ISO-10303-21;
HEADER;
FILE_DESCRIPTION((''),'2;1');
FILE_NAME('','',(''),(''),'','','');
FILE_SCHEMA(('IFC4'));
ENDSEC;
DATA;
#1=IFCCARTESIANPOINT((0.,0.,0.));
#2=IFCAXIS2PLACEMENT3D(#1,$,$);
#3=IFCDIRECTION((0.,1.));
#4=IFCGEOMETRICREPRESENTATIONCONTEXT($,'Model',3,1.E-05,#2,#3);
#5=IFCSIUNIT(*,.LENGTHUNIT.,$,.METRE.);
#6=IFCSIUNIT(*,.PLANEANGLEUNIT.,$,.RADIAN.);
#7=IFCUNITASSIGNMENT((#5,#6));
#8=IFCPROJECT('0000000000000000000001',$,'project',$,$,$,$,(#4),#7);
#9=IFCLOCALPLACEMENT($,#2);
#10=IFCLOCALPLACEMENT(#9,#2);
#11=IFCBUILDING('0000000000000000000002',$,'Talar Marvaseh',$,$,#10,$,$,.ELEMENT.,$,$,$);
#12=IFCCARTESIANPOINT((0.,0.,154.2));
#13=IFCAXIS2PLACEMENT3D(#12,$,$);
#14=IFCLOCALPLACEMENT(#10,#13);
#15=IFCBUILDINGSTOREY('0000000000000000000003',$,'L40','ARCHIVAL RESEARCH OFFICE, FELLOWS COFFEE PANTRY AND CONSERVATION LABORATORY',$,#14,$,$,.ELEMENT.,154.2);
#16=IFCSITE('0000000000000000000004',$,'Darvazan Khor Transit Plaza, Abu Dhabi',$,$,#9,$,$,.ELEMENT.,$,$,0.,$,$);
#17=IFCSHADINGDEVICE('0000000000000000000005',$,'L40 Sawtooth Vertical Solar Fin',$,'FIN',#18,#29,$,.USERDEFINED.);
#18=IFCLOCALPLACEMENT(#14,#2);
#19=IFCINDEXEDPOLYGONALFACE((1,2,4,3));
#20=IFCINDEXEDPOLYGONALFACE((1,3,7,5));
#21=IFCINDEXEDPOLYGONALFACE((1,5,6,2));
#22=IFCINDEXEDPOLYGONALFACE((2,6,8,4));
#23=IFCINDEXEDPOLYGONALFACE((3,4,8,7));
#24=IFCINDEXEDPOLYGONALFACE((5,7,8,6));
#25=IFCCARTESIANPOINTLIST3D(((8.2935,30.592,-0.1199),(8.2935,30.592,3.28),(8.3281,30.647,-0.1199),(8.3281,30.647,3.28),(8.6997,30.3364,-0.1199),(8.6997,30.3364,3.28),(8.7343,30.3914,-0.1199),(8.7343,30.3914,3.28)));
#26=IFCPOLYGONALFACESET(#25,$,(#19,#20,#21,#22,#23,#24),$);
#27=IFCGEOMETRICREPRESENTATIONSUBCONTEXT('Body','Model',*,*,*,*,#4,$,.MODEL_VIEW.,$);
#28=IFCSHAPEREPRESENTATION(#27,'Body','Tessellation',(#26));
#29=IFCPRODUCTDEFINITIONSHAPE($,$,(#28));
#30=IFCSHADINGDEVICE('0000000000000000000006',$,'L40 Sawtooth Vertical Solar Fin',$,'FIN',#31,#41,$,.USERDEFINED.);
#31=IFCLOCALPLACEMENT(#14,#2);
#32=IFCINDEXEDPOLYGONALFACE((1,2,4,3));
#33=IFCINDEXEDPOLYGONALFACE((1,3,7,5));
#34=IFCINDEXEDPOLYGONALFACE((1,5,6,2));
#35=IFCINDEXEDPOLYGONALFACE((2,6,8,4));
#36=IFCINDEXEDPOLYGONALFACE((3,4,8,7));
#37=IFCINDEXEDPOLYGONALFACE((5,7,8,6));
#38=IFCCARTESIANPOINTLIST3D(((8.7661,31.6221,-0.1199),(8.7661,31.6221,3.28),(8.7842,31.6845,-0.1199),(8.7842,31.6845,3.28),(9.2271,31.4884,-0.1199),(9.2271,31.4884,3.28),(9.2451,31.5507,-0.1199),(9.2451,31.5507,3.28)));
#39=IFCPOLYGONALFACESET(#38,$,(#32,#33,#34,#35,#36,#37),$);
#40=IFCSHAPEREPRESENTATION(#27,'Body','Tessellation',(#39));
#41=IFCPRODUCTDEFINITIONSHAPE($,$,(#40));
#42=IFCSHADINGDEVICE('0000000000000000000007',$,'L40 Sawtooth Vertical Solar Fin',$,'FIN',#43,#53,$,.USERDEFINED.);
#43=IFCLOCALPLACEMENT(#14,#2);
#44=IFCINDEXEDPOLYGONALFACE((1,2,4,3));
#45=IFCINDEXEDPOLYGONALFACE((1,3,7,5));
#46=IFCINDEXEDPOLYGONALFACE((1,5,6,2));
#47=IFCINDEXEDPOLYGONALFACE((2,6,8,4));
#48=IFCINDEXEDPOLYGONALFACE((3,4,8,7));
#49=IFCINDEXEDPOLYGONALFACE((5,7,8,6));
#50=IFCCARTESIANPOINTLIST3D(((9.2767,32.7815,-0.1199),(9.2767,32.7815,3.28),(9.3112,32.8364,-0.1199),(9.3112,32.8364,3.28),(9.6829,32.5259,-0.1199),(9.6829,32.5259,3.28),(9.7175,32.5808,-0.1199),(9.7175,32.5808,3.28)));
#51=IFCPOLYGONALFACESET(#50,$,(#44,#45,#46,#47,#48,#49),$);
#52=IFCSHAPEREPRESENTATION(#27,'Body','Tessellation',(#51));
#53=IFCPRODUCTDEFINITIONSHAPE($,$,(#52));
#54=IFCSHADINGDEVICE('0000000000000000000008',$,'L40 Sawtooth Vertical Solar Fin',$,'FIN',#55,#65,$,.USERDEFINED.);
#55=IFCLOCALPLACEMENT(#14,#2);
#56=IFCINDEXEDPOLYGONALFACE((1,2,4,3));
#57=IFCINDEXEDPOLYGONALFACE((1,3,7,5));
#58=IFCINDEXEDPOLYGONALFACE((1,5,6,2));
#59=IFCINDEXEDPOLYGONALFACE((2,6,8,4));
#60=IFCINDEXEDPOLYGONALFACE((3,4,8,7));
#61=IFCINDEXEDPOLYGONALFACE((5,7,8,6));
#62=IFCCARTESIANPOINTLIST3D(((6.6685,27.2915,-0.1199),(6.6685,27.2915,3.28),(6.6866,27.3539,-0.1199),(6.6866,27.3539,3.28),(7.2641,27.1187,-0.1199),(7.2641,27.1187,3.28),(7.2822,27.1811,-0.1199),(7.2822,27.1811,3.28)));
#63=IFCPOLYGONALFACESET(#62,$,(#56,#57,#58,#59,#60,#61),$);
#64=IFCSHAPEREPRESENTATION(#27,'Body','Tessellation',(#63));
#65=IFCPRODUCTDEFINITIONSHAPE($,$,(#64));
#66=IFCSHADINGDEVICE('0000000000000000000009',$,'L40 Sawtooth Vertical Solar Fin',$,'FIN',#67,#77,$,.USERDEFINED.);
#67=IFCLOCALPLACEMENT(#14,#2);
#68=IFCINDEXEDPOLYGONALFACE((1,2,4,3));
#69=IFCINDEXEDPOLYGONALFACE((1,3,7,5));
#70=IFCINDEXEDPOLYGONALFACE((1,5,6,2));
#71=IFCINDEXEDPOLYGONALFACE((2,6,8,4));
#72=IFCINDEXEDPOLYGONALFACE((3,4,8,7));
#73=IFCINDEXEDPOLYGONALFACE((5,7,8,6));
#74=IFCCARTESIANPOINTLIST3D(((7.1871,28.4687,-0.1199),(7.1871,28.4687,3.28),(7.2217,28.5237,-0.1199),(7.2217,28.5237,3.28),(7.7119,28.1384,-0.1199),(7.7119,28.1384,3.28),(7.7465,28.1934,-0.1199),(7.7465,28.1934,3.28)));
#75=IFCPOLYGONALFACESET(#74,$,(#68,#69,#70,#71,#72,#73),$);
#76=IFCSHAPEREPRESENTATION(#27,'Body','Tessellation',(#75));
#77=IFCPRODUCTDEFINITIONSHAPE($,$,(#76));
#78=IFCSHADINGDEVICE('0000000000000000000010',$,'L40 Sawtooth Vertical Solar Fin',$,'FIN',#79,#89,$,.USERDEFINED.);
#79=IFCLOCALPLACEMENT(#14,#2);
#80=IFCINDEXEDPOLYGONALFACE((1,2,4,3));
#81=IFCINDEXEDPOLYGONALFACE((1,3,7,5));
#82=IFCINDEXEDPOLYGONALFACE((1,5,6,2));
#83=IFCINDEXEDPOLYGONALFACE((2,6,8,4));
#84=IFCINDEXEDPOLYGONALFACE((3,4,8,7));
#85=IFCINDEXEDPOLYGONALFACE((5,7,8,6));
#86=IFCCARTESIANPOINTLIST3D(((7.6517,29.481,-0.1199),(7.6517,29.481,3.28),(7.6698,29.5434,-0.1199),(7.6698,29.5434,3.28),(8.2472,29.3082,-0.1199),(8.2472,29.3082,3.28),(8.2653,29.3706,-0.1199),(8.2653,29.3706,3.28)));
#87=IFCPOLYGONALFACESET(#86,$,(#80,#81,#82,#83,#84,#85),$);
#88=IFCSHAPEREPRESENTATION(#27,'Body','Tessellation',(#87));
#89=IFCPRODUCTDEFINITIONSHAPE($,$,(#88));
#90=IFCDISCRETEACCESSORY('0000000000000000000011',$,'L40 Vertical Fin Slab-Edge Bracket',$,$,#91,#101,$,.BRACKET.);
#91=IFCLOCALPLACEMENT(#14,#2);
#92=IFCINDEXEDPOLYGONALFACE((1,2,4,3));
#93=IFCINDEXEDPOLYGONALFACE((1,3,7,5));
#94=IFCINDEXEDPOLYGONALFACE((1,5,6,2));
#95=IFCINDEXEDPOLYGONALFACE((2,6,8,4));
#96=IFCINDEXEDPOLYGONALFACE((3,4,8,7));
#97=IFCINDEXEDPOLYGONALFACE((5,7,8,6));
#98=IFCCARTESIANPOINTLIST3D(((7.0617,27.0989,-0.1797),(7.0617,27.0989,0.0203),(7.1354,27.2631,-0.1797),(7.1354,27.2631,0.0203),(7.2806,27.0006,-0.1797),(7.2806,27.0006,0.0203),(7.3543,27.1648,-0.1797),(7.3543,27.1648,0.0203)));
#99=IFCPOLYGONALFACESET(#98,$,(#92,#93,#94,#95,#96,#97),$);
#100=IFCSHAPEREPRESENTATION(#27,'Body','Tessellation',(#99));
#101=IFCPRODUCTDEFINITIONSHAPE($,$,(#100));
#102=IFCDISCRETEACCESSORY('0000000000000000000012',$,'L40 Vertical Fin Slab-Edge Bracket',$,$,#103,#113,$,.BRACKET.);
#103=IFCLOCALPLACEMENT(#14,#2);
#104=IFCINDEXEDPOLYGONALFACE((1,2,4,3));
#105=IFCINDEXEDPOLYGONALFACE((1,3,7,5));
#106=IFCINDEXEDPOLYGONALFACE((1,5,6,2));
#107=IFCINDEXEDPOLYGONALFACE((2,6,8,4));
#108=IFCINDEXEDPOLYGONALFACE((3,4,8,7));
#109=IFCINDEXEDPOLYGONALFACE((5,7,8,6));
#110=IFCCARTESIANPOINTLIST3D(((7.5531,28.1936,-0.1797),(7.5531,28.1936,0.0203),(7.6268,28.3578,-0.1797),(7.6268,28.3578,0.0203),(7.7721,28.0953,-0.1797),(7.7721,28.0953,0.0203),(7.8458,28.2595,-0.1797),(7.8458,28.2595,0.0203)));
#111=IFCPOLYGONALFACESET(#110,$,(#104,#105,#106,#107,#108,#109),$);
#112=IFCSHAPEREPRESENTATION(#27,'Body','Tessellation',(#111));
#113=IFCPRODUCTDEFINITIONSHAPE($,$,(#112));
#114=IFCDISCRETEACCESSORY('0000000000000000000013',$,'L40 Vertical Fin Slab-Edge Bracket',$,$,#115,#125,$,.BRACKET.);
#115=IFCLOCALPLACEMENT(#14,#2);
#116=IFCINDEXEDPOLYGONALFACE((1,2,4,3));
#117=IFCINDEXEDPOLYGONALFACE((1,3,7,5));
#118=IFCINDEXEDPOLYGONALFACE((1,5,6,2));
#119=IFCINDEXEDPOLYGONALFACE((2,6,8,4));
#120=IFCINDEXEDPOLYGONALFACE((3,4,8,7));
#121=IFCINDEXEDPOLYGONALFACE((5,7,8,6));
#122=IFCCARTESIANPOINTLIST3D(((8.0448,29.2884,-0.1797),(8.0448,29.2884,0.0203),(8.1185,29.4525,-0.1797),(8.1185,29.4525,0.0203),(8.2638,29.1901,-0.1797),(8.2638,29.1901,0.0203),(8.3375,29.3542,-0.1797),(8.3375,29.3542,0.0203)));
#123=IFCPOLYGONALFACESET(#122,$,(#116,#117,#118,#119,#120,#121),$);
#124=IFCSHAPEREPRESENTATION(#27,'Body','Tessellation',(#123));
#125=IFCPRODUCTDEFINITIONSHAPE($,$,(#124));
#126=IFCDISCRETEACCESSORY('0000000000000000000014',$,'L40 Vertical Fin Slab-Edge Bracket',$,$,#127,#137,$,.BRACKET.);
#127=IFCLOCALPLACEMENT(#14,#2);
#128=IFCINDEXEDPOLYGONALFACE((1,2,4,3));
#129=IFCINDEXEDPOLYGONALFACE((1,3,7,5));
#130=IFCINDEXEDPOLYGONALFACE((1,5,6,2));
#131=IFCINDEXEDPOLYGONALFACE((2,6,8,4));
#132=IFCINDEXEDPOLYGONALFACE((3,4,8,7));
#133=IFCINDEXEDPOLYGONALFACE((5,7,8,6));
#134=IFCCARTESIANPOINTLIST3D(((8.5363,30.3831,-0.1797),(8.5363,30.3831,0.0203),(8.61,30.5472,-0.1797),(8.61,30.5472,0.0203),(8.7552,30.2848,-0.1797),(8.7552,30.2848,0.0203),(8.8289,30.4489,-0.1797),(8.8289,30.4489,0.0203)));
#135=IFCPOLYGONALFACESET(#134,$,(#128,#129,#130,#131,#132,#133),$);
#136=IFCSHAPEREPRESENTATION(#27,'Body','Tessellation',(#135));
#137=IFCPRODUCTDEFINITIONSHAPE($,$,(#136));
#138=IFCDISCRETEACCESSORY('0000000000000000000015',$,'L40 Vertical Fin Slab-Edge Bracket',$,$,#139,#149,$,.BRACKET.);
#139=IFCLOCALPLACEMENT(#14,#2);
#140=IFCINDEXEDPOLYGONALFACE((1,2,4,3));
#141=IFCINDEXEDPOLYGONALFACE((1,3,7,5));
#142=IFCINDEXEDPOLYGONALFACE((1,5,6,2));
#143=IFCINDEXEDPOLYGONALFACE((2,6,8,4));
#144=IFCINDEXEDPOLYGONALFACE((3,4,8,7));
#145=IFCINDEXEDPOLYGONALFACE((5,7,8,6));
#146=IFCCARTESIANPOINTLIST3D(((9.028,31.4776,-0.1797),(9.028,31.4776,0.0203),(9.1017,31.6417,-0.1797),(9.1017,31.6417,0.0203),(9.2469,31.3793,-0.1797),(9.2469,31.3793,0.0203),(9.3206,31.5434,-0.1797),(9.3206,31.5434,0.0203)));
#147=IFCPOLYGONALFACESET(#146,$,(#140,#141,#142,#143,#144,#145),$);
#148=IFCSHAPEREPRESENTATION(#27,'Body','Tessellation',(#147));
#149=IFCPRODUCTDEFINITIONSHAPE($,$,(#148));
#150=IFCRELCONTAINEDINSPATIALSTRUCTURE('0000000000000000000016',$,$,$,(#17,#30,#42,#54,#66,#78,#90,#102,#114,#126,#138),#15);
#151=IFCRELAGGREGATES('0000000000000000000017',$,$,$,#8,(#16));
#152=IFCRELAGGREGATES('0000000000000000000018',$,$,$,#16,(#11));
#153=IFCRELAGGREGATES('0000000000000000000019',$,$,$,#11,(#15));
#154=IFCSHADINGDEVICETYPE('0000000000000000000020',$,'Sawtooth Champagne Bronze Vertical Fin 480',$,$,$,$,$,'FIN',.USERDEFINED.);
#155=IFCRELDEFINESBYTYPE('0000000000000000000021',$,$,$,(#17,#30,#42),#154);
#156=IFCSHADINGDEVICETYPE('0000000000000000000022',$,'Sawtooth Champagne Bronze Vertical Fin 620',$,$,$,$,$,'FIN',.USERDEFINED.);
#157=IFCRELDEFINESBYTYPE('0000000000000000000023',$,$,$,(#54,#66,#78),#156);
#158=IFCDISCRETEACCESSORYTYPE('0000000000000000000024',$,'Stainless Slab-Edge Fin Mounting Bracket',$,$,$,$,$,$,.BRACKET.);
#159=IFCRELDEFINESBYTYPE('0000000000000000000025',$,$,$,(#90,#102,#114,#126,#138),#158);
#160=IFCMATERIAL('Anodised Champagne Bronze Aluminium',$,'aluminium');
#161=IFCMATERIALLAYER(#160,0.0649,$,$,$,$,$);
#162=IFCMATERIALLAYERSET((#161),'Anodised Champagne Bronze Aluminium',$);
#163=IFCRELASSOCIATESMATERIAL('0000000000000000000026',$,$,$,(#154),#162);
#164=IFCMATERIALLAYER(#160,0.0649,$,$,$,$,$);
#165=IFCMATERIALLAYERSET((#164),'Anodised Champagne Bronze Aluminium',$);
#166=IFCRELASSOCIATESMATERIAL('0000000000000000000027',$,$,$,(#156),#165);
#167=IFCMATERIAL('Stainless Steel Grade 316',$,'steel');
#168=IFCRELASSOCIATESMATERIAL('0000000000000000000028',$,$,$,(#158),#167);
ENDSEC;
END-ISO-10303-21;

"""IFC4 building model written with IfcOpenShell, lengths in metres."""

from ifc_helpers import new_model, si_unit, direction, frame, origin, origin_2d, place, context, subcontext, project, spatial, rectangle, extrude, source, transform, mapped, material, layer, layer_set, type_object, type_shapes, element, save


model = new_model("IFC4")

# Units and contexts
model_context = context("Model", 3, precision=1e-05, world=origin(), true_north=direction((0.0, 1.0)))
body_context = subcontext(model_context, "Body", "Model", "MODEL_VIEW")
ifc_project = project(units=[si_unit("LENGTHUNIT", "METRE"), si_unit("PLANEANGLEUNIT", "RADIAN")], contexts=[model_context])

# Site, building, storey
site_placement = place(None, origin())
site = spatial("IfcSite", under=ifc_project, at=site_placement, Name="Darvazan Khor Transit Plaza, Abu Dhabi", CompositionType="ELEMENT", RefElevation=0.0)
building_placement = place(site_placement, origin())
building = spatial("IfcBuilding", under=site, at=building_placement, Name="Talar Marvaseh", CompositionType="ELEMENT")
storey_placement = place(building_placement, frame((0.0, 0.0, 154.2)))
storey = spatial("IfcBuildingStorey", under=building, at=storey_placement, Name="L40", Description="ARCHIVAL RESEARCH OFFICE, FELLOWS COFFEE PANTRY AND CONSERVATION LABORATORY", CompositionType="ELEMENT", Elevation=154.2)

# Shading devices
ifc_material_1 = material(Name="Anodised Champagne Bronze Aluminium", Category="aluminium")
ifc_layer_1 = layer(ifc_material_1, 0.0649)
ifc_layer_set_1 = layer_set([ifc_layer_1], Name="Anodised Champagne Bronze Aluminium")
shading_device_type_1 = type_object("IfcShadingDeviceType", Name="Sawtooth Champagne Bronze Vertical Fin 480", ElementType="FIN", PredefinedType="USERDEFINED", material=ifc_layer_set_1)
shared_shape_1 = source(origin(), body_context, "Body", "SweptSolid", [
    extrude(rectangle(XDim=0.48, YDim=0.0649, at=origin_2d()), origin(), (0.0, 0.0, 1.0), 3.3999),
])
type_shapes(shading_device_type_1, [shared_shape_1])
for number, where, z_axis, x_axis, name in (
    (1, (8.5139, 30.4917, -0.1199), (0.0, 0.0, 1.0), (-0.846379, 0.532581, 0.0), "L40 Sawtooth Vertical Solar Fin"),
    (2, (9.0056, 31.5864, -0.1199), (0.0, 0.0, 1.0), (-0.960391, 0.278656, 0.0), "L40 Sawtooth Vertical Solar Fin"),
    (3, (9.4971, 32.6812, -0.1199), (0.0, 0.0, 1.0), (-0.846379, 0.532581, 0.0), "L40 Sawtooth Vertical Solar Fin"),
):
    element("IfcShadingDevice", number, at=place(storey_placement, frame(where, z_axis=z_axis, x_axis=x_axis)), inside=storey, type_object=shading_device_type_1, Name=name, ObjectType="FIN", PredefinedType="USERDEFINED", context=body_context, shape_type="MappedRepresentation", body=[
        mapped(shared_shape_1, transform((0.0, 0.0, 0.0), x_axis=(1.0, 0.0, 0.0), y_axis=(0.0, 1.0, 0.0), z_axis=(0.0, 0.0, 1.0), scale=1.0)),
    ])
ifc_layer_2 = layer(ifc_material_1, 0.0649)
ifc_layer_set_2 = layer_set([ifc_layer_2], Name="Anodised Champagne Bronze Aluminium")
shading_device_type_2 = type_object("IfcShadingDeviceType", Name="Sawtooth Champagne Bronze Vertical Fin 620", ElementType="FIN", PredefinedType="USERDEFINED", material=ifc_layer_set_2)
shared_shape_2 = source(origin(), body_context, "Body", "SweptSolid", [
    extrude(rectangle(XDim=0.6201, YDim=0.0649, at=origin_2d()), origin(), (0.0, 0.0, 1.0), 3.3999),
])
type_shapes(shading_device_type_2, [shared_shape_2])
for number, where, z_axis, x_axis, name in (
    (4, (6.9753, 27.2363, -0.1199), (0.0, 0.0, 1.0), (-0.960391, 0.278656, 0.0), "L40 Sawtooth Vertical Solar Fin"),
    (5, (7.4668, 28.3311, -0.1199), (0.0, 0.0, 1.0), (-0.846379, 0.532581, 0.0), "L40 Sawtooth Vertical Solar Fin"),
    (6, (7.9585, 29.4258, -0.1199), (0.0, 0.0, 1.0), (-0.960391, 0.278656, 0.0), "L40 Sawtooth Vertical Solar Fin"),
):
    element("IfcShadingDevice", number, at=place(storey_placement, frame(where, z_axis=z_axis, x_axis=x_axis)), inside=storey, type_object=shading_device_type_2, Name=name, ObjectType="FIN", PredefinedType="USERDEFINED", context=body_context, shape_type="MappedRepresentation", body=[
        mapped(shared_shape_2, transform((0.0, 0.0, 0.0), x_axis=(1.0, 0.0, 0.0), y_axis=(0.0, 1.0, 0.0), z_axis=(0.0, 0.0, 1.0), scale=1.0)),
    ])

# Discrete accessories
ifc_material_2 = material(Name="Stainless Steel Grade 316", Category="steel")
discrete_accessory_type = type_object("IfcDiscreteAccessoryType", Name="Stainless Slab-Edge Fin Mounting Bracket", PredefinedType="BRACKET", material=ifc_material_2)
shared_shape_3 = source(origin(), body_context, "Body", "SweptSolid", [
    extrude(rectangle(XDim=0.24, YDim=0.1799, at=origin_2d()), origin(), (0.0, 0.0, 1.0), 0.2),
])
type_shapes(discrete_accessory_type, [shared_shape_3])
for number, where, z_axis, x_axis, name in (
    (7, (7.208, 27.1318, -0.1797), (0.0, 0.0, 1.0), (-0.912263, 0.409605, 0.0), "L40 Vertical Fin Slab-Edge Bracket"),
    (8, (7.6995, 28.2266, -0.1797), (0.0, 0.0, 1.0), (-0.912263, 0.409605, 0.0), "L40 Vertical Fin Slab-Edge Bracket"),
    (9, (8.1912, 29.3213, -0.1797), (0.0, 0.0, 1.0), (-0.912263, 0.409605, 0.0), "L40 Vertical Fin Slab-Edge Bracket"),
    (10, (8.6826, 30.416, -0.1797), (0.0, 0.0, 1.0), (-0.912263, 0.409605, 0.0), "L40 Vertical Fin Slab-Edge Bracket"),
    (11, (9.1743, 31.5105, -0.1797), (0.0, 0.0, 1.0), (-0.912263, 0.409605, 0.0), "L40 Vertical Fin Slab-Edge Bracket"),
):
    element("IfcDiscreteAccessory", number, at=place(storey_placement, frame(where, z_axis=z_axis, x_axis=x_axis)), inside=storey, type_object=discrete_accessory_type, Name=name, PredefinedType="BRACKET", context=body_context, shape_type="MappedRepresentation", body=[
        mapped(shared_shape_3, transform((0.0, 0.0, 0.0), x_axis=(1.0, 0.0, 0.0), y_axis=(0.0, 1.0, 0.0), z_axis=(0.0, 0.0, 1.0), scale=1.0)),
    ])

save(model, "model.ifc")
